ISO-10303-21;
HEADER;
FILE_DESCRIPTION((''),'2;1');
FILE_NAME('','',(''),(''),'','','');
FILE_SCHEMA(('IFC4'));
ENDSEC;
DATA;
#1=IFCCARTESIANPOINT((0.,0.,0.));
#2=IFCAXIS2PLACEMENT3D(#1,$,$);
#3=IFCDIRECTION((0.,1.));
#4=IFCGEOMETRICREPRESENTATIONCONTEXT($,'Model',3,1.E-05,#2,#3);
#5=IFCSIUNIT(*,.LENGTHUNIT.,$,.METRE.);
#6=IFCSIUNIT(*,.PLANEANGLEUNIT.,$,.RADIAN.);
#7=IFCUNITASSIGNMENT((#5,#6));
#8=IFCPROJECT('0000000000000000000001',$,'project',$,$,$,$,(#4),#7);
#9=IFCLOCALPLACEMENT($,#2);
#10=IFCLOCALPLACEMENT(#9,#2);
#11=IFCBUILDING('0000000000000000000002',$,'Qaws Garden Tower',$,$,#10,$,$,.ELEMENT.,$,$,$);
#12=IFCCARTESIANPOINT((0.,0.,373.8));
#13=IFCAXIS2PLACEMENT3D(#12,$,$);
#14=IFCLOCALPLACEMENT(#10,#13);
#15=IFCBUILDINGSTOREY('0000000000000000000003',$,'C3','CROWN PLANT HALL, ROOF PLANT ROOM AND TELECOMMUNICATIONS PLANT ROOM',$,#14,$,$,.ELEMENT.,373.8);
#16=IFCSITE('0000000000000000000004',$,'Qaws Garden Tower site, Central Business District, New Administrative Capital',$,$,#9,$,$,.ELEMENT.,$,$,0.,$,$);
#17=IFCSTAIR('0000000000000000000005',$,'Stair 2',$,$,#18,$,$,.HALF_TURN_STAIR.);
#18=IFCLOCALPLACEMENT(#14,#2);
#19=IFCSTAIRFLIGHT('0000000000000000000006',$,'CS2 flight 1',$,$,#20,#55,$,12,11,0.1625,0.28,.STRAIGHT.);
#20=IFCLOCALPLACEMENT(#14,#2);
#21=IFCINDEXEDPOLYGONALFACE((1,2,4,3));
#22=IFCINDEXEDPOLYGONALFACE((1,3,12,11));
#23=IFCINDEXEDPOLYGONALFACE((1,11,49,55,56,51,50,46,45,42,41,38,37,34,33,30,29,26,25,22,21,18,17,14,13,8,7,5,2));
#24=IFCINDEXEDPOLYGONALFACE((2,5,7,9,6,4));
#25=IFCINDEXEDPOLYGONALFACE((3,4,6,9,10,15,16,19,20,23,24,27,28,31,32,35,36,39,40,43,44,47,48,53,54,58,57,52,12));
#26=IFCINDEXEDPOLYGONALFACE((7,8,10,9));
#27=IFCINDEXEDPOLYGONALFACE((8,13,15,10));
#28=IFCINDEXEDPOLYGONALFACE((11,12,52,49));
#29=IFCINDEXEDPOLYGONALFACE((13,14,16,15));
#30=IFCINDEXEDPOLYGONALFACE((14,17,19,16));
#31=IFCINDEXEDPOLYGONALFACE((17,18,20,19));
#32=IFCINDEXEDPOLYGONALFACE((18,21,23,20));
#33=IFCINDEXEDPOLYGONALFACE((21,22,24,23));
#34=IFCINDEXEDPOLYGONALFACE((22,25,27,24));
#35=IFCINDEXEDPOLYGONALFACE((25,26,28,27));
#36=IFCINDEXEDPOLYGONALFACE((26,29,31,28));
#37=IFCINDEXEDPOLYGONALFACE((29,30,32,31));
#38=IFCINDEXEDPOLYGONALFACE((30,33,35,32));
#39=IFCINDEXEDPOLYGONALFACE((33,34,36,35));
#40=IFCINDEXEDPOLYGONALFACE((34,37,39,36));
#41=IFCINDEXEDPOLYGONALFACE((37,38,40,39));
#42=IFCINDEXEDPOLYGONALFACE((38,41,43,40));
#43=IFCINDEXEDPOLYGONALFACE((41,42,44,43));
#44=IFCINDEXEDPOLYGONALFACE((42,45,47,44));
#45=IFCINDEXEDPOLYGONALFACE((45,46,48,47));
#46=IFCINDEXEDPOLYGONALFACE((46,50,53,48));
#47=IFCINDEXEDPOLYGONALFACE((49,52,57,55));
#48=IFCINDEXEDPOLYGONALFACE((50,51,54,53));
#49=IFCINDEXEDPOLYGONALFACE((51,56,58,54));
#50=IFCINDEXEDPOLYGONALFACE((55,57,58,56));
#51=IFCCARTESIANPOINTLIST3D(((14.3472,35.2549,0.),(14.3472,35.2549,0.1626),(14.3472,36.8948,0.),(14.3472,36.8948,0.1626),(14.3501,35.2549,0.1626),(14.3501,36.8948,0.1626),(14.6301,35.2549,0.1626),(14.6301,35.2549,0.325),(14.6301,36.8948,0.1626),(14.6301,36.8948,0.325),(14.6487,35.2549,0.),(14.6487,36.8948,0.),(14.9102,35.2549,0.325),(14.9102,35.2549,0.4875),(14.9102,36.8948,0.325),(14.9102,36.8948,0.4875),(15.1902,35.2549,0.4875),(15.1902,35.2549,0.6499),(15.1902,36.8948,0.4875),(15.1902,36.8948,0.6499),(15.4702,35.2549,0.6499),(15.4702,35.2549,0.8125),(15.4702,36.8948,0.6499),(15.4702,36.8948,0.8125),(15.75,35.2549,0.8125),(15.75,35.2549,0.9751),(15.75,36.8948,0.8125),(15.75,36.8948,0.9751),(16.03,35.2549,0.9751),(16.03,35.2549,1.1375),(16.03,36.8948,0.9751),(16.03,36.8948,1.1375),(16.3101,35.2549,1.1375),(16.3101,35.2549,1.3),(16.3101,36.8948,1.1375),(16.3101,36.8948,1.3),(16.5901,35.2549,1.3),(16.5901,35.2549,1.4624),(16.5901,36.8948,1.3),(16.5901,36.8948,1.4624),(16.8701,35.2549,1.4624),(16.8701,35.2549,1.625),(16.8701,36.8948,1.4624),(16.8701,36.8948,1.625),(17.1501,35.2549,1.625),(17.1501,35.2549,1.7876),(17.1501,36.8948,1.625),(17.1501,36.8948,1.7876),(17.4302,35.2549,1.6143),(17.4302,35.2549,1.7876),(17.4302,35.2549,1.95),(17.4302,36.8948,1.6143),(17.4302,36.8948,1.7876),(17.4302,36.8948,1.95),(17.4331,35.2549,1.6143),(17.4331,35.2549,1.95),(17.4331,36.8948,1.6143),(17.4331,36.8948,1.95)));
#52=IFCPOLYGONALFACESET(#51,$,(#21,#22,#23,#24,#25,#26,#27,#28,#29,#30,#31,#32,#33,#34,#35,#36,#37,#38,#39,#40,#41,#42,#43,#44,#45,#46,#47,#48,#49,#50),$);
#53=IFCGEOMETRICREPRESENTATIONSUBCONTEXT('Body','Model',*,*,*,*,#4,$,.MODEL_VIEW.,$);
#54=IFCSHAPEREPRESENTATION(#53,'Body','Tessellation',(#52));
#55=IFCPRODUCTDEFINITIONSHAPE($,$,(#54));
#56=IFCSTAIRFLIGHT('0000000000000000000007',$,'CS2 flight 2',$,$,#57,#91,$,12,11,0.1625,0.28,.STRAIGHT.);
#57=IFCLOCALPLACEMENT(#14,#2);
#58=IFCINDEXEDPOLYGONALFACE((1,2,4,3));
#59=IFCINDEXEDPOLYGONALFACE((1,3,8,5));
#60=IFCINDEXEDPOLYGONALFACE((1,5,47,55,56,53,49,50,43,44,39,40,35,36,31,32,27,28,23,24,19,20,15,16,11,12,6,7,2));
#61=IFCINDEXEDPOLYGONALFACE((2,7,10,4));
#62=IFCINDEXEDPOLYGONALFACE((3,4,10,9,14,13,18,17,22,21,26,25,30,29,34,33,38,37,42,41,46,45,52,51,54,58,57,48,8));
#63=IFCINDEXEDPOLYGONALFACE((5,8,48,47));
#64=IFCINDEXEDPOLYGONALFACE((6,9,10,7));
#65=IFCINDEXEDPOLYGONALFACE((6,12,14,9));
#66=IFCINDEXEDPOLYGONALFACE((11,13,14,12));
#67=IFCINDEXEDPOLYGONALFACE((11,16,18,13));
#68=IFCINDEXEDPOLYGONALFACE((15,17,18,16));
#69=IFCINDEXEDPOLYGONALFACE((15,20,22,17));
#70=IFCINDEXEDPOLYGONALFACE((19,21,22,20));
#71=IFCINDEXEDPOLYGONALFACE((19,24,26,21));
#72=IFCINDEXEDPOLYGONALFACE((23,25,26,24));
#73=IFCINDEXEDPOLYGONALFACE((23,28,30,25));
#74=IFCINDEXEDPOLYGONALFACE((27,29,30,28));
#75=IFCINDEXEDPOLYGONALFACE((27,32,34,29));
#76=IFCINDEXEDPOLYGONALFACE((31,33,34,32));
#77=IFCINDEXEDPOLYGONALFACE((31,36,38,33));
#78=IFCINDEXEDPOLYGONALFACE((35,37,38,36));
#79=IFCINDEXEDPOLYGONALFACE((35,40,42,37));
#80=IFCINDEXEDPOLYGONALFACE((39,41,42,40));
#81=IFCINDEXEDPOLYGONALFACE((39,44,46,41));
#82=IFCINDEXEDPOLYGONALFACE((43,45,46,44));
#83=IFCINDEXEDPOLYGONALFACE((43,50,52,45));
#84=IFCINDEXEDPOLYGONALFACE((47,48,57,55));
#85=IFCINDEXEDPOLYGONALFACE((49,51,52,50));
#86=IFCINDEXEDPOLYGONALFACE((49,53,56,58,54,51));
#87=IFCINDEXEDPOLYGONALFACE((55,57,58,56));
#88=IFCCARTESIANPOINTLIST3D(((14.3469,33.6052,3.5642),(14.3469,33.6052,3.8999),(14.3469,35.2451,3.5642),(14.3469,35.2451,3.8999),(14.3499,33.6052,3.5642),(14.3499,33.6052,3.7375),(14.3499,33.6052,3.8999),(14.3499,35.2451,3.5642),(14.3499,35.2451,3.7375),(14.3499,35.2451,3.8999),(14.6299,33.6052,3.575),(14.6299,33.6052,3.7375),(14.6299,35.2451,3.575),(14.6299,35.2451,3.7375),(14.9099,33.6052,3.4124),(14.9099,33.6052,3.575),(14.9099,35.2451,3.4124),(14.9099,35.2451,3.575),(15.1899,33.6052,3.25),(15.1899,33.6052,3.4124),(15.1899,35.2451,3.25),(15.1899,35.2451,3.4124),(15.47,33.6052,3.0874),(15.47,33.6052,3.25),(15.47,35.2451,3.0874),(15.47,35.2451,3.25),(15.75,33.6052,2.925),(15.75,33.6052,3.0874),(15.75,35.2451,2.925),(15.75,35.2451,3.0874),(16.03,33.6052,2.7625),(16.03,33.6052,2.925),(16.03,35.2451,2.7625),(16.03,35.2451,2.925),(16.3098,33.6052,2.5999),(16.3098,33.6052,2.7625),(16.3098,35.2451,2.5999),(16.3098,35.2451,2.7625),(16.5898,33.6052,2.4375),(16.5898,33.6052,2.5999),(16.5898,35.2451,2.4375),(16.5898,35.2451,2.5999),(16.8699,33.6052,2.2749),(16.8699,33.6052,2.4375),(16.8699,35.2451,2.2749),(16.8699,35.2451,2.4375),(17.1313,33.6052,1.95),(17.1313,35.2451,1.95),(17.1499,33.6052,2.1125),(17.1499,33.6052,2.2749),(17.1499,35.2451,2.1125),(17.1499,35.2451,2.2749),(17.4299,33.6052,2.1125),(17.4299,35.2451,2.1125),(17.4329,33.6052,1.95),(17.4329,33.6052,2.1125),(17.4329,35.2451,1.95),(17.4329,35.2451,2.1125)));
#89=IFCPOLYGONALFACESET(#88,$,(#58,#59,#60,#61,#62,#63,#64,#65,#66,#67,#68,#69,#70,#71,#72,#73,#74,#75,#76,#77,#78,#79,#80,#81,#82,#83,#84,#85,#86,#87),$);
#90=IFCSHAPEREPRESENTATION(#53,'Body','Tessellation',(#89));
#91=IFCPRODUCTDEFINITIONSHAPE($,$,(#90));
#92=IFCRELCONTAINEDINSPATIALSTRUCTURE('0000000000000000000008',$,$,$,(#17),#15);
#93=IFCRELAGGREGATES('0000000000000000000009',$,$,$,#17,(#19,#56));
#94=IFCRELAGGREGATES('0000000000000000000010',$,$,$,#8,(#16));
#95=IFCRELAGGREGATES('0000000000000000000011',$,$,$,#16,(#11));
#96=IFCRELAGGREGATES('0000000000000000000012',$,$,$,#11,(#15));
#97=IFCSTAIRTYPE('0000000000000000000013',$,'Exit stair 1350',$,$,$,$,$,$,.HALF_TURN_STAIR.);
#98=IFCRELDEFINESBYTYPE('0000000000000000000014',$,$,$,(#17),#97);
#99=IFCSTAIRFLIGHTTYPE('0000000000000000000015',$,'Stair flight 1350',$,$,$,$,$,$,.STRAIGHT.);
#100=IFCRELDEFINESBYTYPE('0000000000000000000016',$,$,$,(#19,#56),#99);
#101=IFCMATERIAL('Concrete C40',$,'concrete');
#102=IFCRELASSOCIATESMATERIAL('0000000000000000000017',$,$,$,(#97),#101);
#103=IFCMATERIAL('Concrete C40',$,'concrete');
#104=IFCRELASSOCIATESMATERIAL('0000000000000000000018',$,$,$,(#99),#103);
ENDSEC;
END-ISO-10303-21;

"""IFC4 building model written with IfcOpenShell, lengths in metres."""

from ifc_helpers import new_model, si_unit, direction, frame, origin, place, context, subcontext, project, spatial, polyline, outline, extrude, material, type_object, element, aggregate, save


model = new_model("IFC4")

# Units and contexts
model_context = context("Model", 3, precision=1e-05, world=origin(), true_north=direction((0.0, 1.0)))
body_context = subcontext(model_context, "Body", "Model", "MODEL_VIEW")
ifc_project = project(units=[si_unit("LENGTHUNIT", "METRE"), si_unit("PLANEANGLEUNIT", "RADIAN")], contexts=[model_context])

# Site, building, storey
site_placement = place(None, origin())
site = spatial("IfcSite", under=ifc_project, at=site_placement, Name="Qaws Garden Tower site, Central Business District, New Administrative Capital", CompositionType="ELEMENT", RefElevation=0.0)
building_placement = place(site_placement, origin())
building = spatial("IfcBuilding", under=site, at=building_placement, Name="Qaws Garden Tower", CompositionType="ELEMENT")
storey_placement = place(building_placement, frame((0.0, 0.0, 373.8)))
storey = spatial("IfcBuildingStorey", under=building, at=storey_placement, Name="C3", Description="CROWN PLANT HALL, ROOF PLANT ROOM AND TELECOMMUNICATIONS PLANT ROOM", CompositionType="ELEMENT", Elevation=373.8)

# Stair, stair flights
ifc_material_1 = material(Name="Concrete C40", Category="concrete")
stair_type = type_object("IfcStairType", Name="Exit stair 1350", PredefinedType="HALF_TURN_STAIR", material=ifc_material_1)
placement = place(storey_placement, origin())
ifc_material_2 = material(Name="Concrete C40", Category="concrete")
stair_flight_type = type_object("IfcStairFlightType", Name="Stair flight 1350", PredefinedType="STRAIGHT", material=ifc_material_2)
stair_1 = element("IfcStair", 1, at=placement, inside=storey, type_object=stair_type, Name="Stair 2", PredefinedType="HALF_TURN_STAIR")
stair_flight_1_placement = place(storey_placement, frame((14.3501, 36.075, 0.0), z_axis=(0.0, 0.0, 1.0), x_axis=(1.0, 0.0, 0.0)))
stair_flight_1 = element("IfcStairFlight", 2, at=stair_flight_1_placement, type_object=stair_flight_type, Name="CS2 flight 1", NumberOfRisers=12, NumberOfTreads=11, PredefinedType="STRAIGHT", RiserHeight=0.1625, TreadLength=0.28, context=body_context, shape_type="SweptSolid", body=[
    extrude(outline(polyline([(-0.0029, 0.0), (-0.0029, 0.1626), (0.0, 0.1626), (0.28, 0.1626), (0.28, 0.325), (0.5601, 0.325), (0.5601, 0.4875), (0.8401, 0.4875), (0.8401, 0.6499), (1.1201, 0.6499), (1.1201, 0.8125), (1.3999, 0.8125), (1.3999, 0.9751), (1.6799, 0.9751), (1.6799, 1.1375), (1.96, 1.1375), (1.96, 1.3), (2.24, 1.3), (2.24, 1.4624), (2.52, 1.4624), (2.52, 1.625), (2.8, 1.625), (2.8, 1.7876), (3.0801, 1.7876), (3.0801, 1.95), (3.083, 1.95), (3.083, 1.6143), (3.0801, 1.6143), (0.2986, 0.0), (-0.0029, 0.0)])), frame((0.0, 0.8198, 0.0), z_axis=(0.0, -1.0, 0.0), x_axis=(1.0, 0.0, 0.0)), (0.0, 0.0, 1.0), 1.6399),
])
stair_flight_2_placement = place(storey_placement, frame((17.4299, 34.425, 1.95), z_axis=(0.0, 0.0, 1.0), x_axis=(-1.0, 0.0, 0.0)))
stair_flight_2 = element("IfcStairFlight", 3, at=stair_flight_2_placement, type_object=stair_flight_type, Name="CS2 flight 2", NumberOfRisers=12, NumberOfTreads=11, PredefinedType="STRAIGHT", RiserHeight=0.1625, TreadLength=0.28, context=body_context, shape_type="SweptSolid", body=[
    extrude(outline(polyline([(-0.0029, 0.0), (-0.0029, 0.1626), (0.0, 0.1626), (0.28, 0.1626), (0.28, 0.325), (0.5601, 0.325), (0.5601, 0.4875), (0.8401, 0.4875), (0.8401, 0.6499), (1.1201, 0.6499), (1.1201, 0.8125), (1.3999, 0.8125), (1.3999, 0.9751), (1.6799, 0.9751), (1.6799, 1.1375), (1.96, 1.1375), (1.96, 1.3), (2.24, 1.3), (2.24, 1.4624), (2.52, 1.4624), (2.52, 1.625), (2.8, 1.625), (2.8, 1.7876), (3.0801, 1.7876), (3.0801, 1.95), (3.083, 1.95), (3.083, 1.6143), (3.0801, 1.6143), (0.2986, 0.0), (-0.0029, 0.0)])), frame((0.0, 0.8198, 0.0), z_axis=(0.0, -1.0, 0.0), x_axis=(1.0, 0.0, 0.0)), (0.0, 0.0, 1.0), 1.6399),
])
aggregate(stair_1, [stair_flight_1, stair_flight_2])

save(model, "model.ifc")
